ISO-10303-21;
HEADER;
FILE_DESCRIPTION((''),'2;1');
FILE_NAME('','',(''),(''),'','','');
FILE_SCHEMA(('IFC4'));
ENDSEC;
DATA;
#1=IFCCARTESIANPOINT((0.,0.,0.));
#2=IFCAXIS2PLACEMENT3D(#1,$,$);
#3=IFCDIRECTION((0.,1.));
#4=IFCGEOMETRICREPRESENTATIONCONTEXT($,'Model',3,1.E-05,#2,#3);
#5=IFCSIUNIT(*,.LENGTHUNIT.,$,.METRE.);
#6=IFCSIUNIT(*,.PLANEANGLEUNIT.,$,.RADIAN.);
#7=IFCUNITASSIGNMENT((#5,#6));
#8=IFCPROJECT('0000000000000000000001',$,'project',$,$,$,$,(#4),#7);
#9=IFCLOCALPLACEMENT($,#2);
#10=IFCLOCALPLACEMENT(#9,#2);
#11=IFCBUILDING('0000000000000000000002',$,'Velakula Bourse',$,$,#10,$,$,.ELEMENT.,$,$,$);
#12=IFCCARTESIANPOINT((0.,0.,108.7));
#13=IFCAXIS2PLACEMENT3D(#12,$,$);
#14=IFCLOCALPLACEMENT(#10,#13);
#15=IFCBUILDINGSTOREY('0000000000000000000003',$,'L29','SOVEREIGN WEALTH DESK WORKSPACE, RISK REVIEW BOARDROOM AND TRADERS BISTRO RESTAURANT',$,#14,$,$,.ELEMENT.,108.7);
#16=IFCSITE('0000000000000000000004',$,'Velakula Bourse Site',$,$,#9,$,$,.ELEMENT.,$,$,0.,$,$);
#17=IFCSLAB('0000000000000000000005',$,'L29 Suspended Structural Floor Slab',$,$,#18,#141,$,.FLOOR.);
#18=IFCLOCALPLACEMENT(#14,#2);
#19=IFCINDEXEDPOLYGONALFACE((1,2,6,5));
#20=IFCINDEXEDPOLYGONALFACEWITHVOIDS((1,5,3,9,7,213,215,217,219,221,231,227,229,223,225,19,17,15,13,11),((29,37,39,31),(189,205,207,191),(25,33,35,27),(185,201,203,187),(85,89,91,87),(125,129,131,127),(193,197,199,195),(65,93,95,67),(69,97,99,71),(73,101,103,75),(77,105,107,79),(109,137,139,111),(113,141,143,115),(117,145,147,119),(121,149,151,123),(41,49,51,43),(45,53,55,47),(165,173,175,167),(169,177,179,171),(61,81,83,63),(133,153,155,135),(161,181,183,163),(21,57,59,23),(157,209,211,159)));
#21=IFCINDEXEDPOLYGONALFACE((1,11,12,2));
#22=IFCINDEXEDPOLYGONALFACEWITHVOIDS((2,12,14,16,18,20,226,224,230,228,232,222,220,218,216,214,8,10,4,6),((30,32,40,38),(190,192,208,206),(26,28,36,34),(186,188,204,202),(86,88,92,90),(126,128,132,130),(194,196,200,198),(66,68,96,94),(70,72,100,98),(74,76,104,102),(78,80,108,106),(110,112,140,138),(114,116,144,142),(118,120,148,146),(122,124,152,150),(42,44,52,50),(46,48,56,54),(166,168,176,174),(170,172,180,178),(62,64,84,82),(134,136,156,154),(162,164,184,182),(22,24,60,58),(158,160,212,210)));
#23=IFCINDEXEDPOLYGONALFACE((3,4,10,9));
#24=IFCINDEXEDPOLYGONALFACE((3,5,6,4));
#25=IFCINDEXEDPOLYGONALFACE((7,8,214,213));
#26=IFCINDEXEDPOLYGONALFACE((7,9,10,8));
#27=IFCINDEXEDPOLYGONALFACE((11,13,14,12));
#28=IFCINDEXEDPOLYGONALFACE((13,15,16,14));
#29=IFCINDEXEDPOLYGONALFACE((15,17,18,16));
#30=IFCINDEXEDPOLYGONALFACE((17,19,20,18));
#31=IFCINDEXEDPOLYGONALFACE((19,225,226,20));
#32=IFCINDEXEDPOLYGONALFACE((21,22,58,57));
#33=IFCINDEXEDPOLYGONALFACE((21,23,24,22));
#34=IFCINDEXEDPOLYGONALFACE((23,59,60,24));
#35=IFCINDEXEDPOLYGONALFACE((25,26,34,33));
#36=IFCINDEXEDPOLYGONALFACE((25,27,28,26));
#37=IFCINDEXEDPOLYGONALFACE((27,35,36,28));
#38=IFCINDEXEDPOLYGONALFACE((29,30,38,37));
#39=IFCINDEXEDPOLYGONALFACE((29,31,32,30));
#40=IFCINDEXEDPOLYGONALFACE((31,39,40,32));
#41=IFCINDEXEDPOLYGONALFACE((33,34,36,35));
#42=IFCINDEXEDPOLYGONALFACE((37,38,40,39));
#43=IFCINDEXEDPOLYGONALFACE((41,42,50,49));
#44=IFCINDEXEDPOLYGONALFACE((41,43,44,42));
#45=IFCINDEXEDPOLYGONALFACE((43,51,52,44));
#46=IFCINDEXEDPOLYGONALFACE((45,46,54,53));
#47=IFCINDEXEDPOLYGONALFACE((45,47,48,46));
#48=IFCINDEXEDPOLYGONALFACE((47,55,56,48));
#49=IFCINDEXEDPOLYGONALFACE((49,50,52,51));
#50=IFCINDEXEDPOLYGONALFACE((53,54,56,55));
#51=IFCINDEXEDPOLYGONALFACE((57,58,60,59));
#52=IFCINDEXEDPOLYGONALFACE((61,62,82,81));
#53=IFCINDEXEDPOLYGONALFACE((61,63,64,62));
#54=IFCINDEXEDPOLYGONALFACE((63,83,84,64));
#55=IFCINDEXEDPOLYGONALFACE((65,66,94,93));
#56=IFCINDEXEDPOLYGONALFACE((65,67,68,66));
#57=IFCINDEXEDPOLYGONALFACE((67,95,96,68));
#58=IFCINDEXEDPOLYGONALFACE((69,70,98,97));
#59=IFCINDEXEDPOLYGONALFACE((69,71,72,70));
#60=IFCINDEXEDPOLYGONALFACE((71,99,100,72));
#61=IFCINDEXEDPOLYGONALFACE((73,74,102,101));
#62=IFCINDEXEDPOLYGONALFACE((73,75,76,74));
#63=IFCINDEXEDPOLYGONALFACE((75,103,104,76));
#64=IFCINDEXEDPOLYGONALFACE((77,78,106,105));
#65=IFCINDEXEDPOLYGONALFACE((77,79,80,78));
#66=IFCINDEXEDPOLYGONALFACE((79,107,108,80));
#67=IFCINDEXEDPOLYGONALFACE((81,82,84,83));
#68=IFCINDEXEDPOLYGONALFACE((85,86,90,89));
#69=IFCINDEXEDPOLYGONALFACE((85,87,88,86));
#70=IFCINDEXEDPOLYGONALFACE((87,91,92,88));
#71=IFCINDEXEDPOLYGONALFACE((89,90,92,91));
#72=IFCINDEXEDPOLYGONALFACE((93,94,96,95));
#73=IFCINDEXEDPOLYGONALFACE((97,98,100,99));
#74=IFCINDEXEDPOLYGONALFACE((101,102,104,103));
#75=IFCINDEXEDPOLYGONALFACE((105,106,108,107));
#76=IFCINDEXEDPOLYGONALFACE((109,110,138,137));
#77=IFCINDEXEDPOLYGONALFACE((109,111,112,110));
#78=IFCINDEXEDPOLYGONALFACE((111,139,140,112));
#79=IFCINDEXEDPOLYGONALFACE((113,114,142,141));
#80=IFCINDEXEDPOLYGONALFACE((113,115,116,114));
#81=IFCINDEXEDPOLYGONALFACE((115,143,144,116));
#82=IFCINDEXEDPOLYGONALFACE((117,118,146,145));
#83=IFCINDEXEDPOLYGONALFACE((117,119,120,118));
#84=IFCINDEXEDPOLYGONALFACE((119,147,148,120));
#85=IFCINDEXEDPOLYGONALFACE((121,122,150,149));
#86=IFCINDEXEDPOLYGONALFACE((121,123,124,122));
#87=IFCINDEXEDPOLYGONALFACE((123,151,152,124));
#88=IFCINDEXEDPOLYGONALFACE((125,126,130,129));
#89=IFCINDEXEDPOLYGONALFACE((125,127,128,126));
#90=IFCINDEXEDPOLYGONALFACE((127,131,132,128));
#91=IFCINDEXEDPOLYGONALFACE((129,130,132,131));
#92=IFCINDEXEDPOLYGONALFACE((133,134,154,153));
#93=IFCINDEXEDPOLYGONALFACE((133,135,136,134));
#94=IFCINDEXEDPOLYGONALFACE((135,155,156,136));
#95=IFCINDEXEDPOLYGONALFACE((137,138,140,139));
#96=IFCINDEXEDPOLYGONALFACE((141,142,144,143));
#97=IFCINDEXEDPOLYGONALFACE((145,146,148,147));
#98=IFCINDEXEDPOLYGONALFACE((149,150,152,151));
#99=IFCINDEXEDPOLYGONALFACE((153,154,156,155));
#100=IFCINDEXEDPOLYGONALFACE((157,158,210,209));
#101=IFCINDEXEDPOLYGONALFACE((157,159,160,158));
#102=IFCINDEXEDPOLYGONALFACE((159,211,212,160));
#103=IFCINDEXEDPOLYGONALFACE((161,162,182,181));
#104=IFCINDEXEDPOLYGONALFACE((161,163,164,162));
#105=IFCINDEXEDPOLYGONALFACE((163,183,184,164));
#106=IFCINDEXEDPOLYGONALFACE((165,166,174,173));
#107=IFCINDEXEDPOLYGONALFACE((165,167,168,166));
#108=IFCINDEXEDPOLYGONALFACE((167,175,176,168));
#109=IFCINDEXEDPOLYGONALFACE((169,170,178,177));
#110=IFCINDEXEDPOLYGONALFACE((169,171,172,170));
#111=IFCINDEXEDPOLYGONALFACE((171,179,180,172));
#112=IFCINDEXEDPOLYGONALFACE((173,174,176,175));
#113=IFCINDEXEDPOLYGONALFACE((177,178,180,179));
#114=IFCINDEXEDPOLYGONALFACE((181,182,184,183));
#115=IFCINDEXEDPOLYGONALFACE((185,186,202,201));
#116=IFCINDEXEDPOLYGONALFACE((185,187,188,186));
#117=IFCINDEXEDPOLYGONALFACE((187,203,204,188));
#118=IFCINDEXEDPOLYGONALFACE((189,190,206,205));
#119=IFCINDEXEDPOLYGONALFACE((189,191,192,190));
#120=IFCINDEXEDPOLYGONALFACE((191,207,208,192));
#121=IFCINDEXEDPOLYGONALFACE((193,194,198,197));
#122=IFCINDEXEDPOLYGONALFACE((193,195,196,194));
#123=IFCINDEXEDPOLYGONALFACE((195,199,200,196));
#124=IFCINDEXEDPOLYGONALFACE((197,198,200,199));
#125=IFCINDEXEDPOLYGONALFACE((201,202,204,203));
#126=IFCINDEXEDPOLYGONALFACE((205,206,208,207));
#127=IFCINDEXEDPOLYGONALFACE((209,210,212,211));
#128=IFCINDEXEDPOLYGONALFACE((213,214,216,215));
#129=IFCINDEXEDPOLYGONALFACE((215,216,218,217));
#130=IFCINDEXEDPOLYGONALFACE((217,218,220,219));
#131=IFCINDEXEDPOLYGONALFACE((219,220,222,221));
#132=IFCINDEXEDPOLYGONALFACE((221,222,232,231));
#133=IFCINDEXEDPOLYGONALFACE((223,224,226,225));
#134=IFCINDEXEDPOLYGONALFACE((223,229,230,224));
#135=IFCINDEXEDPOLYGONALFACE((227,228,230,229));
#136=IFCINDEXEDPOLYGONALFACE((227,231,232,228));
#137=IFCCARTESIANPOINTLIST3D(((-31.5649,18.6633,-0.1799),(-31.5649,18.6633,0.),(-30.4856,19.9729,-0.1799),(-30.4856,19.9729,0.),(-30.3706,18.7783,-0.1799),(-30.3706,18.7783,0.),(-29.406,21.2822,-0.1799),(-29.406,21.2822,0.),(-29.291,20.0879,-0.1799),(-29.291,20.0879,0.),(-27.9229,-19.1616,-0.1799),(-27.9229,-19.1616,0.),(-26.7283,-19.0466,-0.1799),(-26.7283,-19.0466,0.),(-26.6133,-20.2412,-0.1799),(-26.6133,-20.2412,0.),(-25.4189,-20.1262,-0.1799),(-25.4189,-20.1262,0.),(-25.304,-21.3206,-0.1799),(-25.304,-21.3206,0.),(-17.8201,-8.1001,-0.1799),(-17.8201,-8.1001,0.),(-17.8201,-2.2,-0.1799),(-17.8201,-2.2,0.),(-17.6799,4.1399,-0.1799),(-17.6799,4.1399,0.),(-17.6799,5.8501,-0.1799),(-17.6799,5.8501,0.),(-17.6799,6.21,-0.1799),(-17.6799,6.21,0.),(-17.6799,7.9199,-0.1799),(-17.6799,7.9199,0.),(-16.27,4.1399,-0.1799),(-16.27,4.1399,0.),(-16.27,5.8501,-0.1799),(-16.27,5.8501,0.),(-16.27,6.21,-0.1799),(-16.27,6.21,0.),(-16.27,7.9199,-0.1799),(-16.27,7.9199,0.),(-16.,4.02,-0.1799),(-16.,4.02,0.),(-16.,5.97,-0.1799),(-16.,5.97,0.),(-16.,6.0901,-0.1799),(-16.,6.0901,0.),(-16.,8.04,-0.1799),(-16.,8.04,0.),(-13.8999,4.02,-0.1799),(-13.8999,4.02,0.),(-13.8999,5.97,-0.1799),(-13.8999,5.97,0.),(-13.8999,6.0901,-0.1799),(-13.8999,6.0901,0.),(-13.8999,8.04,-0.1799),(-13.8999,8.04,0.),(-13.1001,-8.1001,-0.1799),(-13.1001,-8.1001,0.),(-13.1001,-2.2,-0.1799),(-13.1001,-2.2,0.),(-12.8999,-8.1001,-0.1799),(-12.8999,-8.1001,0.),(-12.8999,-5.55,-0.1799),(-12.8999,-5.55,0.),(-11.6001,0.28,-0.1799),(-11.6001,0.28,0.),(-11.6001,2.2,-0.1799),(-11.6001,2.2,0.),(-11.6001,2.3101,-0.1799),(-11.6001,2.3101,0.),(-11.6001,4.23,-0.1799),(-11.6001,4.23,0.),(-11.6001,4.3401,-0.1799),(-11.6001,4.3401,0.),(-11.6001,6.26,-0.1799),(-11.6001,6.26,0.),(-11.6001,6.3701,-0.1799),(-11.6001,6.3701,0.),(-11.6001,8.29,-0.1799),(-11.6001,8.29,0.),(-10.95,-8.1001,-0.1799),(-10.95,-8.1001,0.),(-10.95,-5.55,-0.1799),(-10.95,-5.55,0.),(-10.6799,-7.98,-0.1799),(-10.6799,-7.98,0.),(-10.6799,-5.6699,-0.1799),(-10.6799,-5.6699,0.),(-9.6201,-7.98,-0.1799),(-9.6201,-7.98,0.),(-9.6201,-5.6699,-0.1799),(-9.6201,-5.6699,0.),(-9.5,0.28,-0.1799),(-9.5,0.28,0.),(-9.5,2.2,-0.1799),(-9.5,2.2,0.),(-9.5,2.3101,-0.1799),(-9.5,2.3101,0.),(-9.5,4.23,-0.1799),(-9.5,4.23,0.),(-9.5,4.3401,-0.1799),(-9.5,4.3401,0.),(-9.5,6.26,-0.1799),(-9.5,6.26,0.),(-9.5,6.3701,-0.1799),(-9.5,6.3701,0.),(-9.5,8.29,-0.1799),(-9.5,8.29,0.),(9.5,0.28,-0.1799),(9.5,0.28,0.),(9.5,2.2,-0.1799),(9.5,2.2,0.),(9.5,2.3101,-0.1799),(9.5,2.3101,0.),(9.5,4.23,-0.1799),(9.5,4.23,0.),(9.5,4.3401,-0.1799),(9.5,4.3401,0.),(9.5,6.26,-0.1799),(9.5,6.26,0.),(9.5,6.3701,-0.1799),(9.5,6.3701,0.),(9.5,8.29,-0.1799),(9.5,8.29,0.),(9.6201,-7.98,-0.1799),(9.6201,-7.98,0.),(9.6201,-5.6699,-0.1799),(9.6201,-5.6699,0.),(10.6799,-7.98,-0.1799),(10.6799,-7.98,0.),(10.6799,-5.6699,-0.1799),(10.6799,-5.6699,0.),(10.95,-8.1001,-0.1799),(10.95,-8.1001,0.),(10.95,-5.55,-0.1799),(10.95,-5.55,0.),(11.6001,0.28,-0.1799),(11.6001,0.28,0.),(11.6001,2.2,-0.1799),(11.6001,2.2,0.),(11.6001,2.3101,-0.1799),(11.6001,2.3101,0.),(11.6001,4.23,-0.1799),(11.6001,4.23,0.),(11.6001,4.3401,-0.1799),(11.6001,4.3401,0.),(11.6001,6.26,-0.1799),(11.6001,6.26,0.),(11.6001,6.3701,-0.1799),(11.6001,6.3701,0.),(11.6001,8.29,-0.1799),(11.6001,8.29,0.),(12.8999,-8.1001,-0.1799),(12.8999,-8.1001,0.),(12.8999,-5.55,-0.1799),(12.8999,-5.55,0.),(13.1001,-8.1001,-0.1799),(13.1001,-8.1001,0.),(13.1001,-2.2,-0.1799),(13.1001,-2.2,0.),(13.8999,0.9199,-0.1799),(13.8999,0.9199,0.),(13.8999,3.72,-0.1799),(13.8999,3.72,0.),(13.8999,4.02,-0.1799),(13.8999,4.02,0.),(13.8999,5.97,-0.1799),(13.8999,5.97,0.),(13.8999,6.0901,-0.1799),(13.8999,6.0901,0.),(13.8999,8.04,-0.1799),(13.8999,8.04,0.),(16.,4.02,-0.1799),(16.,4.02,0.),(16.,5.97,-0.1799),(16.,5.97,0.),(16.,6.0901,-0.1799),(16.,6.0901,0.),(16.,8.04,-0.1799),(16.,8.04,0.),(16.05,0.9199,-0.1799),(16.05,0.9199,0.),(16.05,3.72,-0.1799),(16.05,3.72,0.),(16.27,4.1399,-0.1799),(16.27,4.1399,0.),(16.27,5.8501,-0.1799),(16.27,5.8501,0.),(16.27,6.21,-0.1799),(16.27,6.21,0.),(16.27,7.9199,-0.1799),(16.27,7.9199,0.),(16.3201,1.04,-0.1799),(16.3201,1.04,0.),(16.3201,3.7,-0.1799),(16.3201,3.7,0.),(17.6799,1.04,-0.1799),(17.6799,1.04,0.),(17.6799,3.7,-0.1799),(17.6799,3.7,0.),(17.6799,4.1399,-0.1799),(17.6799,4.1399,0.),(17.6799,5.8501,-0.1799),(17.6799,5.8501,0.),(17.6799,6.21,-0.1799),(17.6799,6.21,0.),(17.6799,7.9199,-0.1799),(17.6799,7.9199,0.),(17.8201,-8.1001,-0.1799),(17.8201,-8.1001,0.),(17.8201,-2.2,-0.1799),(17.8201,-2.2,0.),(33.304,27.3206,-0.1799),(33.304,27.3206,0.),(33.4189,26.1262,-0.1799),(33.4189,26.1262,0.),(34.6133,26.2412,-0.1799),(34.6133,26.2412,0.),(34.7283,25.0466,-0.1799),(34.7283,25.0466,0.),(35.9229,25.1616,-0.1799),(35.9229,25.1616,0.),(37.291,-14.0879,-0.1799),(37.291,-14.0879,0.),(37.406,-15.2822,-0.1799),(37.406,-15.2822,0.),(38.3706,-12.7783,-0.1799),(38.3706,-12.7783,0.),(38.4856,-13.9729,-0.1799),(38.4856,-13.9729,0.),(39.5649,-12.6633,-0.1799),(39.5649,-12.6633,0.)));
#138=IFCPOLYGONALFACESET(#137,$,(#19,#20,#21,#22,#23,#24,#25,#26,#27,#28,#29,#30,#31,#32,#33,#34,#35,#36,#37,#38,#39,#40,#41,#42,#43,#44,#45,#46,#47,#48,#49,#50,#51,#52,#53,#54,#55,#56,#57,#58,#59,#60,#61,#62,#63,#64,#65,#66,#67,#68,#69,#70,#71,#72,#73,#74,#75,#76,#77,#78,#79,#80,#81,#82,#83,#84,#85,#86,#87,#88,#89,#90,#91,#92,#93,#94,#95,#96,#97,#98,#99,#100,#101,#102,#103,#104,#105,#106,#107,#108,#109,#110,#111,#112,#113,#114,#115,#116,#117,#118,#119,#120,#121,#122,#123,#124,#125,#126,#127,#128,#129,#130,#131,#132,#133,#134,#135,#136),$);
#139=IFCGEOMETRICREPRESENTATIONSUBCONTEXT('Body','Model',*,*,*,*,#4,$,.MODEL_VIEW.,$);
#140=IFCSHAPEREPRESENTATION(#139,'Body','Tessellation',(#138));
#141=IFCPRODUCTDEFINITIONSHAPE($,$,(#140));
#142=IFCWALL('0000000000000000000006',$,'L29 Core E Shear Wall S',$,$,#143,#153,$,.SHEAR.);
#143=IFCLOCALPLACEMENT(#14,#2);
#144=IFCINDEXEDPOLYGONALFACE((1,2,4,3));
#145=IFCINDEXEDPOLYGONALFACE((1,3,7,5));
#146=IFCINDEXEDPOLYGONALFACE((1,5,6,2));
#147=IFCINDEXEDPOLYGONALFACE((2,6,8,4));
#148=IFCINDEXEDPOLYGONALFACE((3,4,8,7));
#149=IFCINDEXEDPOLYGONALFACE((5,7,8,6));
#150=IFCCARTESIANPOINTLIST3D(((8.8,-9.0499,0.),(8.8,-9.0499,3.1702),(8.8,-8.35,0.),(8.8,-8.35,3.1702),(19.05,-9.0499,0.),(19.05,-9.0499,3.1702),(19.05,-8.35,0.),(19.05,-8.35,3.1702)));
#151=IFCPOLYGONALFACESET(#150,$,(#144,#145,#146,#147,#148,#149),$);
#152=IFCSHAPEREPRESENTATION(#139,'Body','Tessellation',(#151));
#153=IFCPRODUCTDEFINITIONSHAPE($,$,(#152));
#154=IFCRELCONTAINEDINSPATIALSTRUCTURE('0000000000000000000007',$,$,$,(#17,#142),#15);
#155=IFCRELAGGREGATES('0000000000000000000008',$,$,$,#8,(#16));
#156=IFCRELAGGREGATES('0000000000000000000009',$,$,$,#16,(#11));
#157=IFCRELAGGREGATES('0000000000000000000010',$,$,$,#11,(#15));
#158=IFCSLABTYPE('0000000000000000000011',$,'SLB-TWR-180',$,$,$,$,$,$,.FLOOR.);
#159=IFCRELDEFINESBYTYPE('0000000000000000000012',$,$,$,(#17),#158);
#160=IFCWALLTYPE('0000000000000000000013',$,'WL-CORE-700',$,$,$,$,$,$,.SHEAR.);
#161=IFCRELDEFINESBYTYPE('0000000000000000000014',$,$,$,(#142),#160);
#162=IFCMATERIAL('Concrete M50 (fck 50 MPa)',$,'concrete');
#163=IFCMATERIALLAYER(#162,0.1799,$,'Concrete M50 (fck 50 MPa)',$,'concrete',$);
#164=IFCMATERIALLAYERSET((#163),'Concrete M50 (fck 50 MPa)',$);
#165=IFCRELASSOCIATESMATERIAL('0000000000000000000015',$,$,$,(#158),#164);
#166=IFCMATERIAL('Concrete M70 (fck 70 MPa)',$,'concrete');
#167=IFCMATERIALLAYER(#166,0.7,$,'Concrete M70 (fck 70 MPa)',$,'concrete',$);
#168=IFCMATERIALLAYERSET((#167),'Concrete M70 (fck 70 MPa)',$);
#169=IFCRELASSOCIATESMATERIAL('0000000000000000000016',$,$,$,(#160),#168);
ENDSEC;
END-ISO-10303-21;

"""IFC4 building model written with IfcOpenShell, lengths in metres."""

from ifc_helpers import new_model, si_unit, direction, frame, frame_2d, origin, place, context, subcontext, project, spatial, polyline, rectangle, outline, extrude, material, layer, layer_set, type_object, element, save


model = new_model("IFC4")

# Units and contexts
model_context = context("Model", 3, precision=1e-05, world=origin(), true_north=direction((0.0, 1.0)))
body_context = subcontext(model_context, "Body", "Model", "MODEL_VIEW")
ifc_project = project(units=[si_unit("LENGTHUNIT", "METRE"), si_unit("PLANEANGLEUNIT", "RADIAN")], contexts=[model_context])

# Site, building, storey
site_placement = place(None, origin())
site = spatial("IfcSite", under=ifc_project, at=site_placement, Name="Velakula Bourse Site", CompositionType="ELEMENT", RefElevation=0.0)
building_placement = place(site_placement, origin())
building = spatial("IfcBuilding", under=site, at=building_placement, Name="Velakula Bourse", CompositionType="ELEMENT")
storey_placement = place(building_placement, frame((0.0, 0.0, 108.7)))
storey = spatial("IfcBuildingStorey", under=building, at=storey_placement, Name="L29", Description="SOVEREIGN WEALTH DESK WORKSPACE, RISK REVIEW BOARDROOM AND TRADERS BISTRO RESTAURANT", CompositionType="ELEMENT", Elevation=108.7)

# Shared definitions
ifc_material_1 = material(Name="Concrete M70 (fck 70 MPa)", Category="concrete")

# Slab
ifc_material_2 = material(Name="Concrete M50 (fck 50 MPa)", Category="concrete")
ifc_layer_1 = layer(ifc_material_2, 0.1799, Name="Concrete M50 (fck 50 MPa)", Category="concrete")
ifc_layer_set_1 = layer_set([ifc_layer_1], Name="Concrete M50 (fck 50 MPa)")
slab_type_1 = type_object("IfcSlabType", Name="SLB-TWR-180", PredefinedType="FLOOR", material=ifc_layer_set_1)
slab_1_placement = place(storey_placement, frame((0.0, 0.0, -0.1799)))
element("IfcSlab", 1, at=slab_1_placement, inside=storey, type_object=slab_type_1, Name="L29 Suspended Structural Floor Slab", PredefinedType="FLOOR", context=body_context, shape_type="SweptSolid", body=[
    extrude(outline(polyline([(-25.304, -21.3206), (37.406, -15.2822), (37.291, -14.0879), (38.4856, -13.9729), (38.3706, -12.7783), (39.5649, -12.6633), (35.9229, 25.1616), (34.7283, 25.0466), (34.6133, 26.2412), (33.4189, 26.1262), (33.304, 27.3206), (-29.406, 21.2822), (-29.291, 20.0879), (-30.4856, 19.9729), (-30.3706, 18.7783), (-31.5649, 18.6633), (-27.9229, -19.1616), (-26.7283, -19.0466), (-26.6133, -20.2412), (-25.4189, -20.1262), (-25.304, -21.3206)]), holes=[polyline([(-17.8201, -8.1001), (-13.1001, -8.1001), (-13.1001, -2.2), (-17.8201, -2.2), (-17.8201, -8.1001)]), polyline([(13.1001, -8.1001), (17.8201, -8.1001), (17.8201, -2.2), (13.1001, -2.2), (13.1001, -8.1001)]), polyline([(-12.8999, -8.1001), (-10.95, -8.1001), (-10.95, -5.55), (-12.8999, -5.55), (-12.8999, -8.1001)]), polyline([(10.95, -8.1001), (12.8999, -8.1001), (12.8999, -5.55), (10.95, -5.55), (10.95, -8.1001)]), polyline([(13.8999, 0.9199), (16.05, 0.9199), (16.05, 3.72), (13.8999, 3.72), (13.8999, 0.9199)]), polyline([(-10.6799, -7.98), (-9.6201, -7.98), (-9.6201, -5.6699), (-10.6799, -5.6699), (-10.6799, -7.98)]), polyline([(-17.6799, 4.1399), (-16.27, 4.1399), (-16.27, 5.8501), (-17.6799, 5.8501), (-17.6799, 4.1399)]), polyline([(-17.6799, 6.21), (-16.27, 6.21), (-16.27, 7.9199), (-17.6799, 7.9199), (-17.6799, 6.21)]), polyline([(9.6201, -7.98), (10.6799, -7.98), (10.6799, -5.6699), (9.6201, -5.6699), (9.6201, -7.98)]), polyline([(16.27, 4.1399), (17.6799, 4.1399), (17.6799, 5.8501), (16.27, 5.8501), (16.27, 4.1399)]), polyline([(16.27, 6.21), (17.6799, 6.21), (17.6799, 7.9199), (16.27, 7.9199), (16.27, 6.21)]), polyline([(16.3201, 1.04), (17.6799, 1.04), (17.6799, 3.7), (16.3201, 3.7), (16.3201, 1.04)]), polyline([(-11.6001, 0.28), (-9.5, 0.28), (-9.5, 2.2), (-11.6001, 2.2), (-11.6001, 0.28)]), polyline([(-11.6001, 2.3101), (-9.5, 2.3101), (-9.5, 4.23), (-11.6001, 4.23), (-11.6001, 2.3101)]), polyline([(-11.6001, 4.3401), (-9.5, 4.3401), (-9.5, 6.26), (-11.6001, 6.26), (-11.6001, 4.3401)]), polyline([(-11.6001, 6.3701), (-9.5, 6.3701), (-9.5, 8.29), (-11.6001, 8.29), (-11.6001, 6.3701)]), polyline([(9.5, 0.28), (11.6001, 0.28), (11.6001, 2.2), (9.5, 2.2), (9.5, 0.28)]), polyline([(9.5, 2.3101), (11.6001, 2.3101), (11.6001, 4.23), (9.5, 4.23), (9.5, 2.3101)]), polyline([(9.5, 4.3401), (11.6001, 4.3401), (11.6001, 6.26), (9.5, 6.26), (9.5, 4.3401)]), polyline([(9.5, 6.3701), (11.6001, 6.3701), (11.6001, 8.29), (9.5, 8.29), (9.5, 6.3701)]), polyline([(-16.0, 4.02), (-13.8999, 4.02), (-13.8999, 5.97), (-16.0, 5.97), (-16.0, 4.02)]), polyline([(-16.0, 6.0901), (-13.8999, 6.0901), (-13.8999, 8.04), (-16.0, 8.04), (-16.0, 6.0901)]), polyline([(13.8999, 4.02), (16.0, 4.02), (16.0, 5.97), (13.8999, 5.97), (13.8999, 4.02)]), polyline([(13.8999, 6.0901), (16.0, 6.0901), (16.0, 8.04), (13.8999, 8.04), (13.8999, 6.0901)])]), origin(), (0.0, 0.0, 1.0), 0.1799),
])

# Wall
ifc_layer_2 = layer(ifc_material_1, 0.7, Name="Concrete M70 (fck 70 MPa)", Category="concrete")
ifc_layer_set_2 = layer_set([ifc_layer_2], Name="Concrete M70 (fck 70 MPa)")
wall_type_1 = type_object("IfcWallType", Name="WL-CORE-700", PredefinedType="SHEAR", material=ifc_layer_set_2)
wall_1_placement = place(storey_placement, frame((8.8, -8.7, 0.0), z_axis=(0.0, 0.0, 1.0), x_axis=(1.0, 0.0, 0.0)))
element("IfcWall", 2, at=wall_1_placement, inside=storey, type_object=wall_type_1, Name="L29 Core E Shear Wall S", PredefinedType="SHEAR", context=body_context, shape_type="SweptSolid", body=[
    extrude(rectangle(XDim=10.25, YDim=0.7, at=frame_2d((5.125, 0.0))), origin(), (0.0, 0.0, 1.0), 3.1702),
])

save(model, "model.ifc")
